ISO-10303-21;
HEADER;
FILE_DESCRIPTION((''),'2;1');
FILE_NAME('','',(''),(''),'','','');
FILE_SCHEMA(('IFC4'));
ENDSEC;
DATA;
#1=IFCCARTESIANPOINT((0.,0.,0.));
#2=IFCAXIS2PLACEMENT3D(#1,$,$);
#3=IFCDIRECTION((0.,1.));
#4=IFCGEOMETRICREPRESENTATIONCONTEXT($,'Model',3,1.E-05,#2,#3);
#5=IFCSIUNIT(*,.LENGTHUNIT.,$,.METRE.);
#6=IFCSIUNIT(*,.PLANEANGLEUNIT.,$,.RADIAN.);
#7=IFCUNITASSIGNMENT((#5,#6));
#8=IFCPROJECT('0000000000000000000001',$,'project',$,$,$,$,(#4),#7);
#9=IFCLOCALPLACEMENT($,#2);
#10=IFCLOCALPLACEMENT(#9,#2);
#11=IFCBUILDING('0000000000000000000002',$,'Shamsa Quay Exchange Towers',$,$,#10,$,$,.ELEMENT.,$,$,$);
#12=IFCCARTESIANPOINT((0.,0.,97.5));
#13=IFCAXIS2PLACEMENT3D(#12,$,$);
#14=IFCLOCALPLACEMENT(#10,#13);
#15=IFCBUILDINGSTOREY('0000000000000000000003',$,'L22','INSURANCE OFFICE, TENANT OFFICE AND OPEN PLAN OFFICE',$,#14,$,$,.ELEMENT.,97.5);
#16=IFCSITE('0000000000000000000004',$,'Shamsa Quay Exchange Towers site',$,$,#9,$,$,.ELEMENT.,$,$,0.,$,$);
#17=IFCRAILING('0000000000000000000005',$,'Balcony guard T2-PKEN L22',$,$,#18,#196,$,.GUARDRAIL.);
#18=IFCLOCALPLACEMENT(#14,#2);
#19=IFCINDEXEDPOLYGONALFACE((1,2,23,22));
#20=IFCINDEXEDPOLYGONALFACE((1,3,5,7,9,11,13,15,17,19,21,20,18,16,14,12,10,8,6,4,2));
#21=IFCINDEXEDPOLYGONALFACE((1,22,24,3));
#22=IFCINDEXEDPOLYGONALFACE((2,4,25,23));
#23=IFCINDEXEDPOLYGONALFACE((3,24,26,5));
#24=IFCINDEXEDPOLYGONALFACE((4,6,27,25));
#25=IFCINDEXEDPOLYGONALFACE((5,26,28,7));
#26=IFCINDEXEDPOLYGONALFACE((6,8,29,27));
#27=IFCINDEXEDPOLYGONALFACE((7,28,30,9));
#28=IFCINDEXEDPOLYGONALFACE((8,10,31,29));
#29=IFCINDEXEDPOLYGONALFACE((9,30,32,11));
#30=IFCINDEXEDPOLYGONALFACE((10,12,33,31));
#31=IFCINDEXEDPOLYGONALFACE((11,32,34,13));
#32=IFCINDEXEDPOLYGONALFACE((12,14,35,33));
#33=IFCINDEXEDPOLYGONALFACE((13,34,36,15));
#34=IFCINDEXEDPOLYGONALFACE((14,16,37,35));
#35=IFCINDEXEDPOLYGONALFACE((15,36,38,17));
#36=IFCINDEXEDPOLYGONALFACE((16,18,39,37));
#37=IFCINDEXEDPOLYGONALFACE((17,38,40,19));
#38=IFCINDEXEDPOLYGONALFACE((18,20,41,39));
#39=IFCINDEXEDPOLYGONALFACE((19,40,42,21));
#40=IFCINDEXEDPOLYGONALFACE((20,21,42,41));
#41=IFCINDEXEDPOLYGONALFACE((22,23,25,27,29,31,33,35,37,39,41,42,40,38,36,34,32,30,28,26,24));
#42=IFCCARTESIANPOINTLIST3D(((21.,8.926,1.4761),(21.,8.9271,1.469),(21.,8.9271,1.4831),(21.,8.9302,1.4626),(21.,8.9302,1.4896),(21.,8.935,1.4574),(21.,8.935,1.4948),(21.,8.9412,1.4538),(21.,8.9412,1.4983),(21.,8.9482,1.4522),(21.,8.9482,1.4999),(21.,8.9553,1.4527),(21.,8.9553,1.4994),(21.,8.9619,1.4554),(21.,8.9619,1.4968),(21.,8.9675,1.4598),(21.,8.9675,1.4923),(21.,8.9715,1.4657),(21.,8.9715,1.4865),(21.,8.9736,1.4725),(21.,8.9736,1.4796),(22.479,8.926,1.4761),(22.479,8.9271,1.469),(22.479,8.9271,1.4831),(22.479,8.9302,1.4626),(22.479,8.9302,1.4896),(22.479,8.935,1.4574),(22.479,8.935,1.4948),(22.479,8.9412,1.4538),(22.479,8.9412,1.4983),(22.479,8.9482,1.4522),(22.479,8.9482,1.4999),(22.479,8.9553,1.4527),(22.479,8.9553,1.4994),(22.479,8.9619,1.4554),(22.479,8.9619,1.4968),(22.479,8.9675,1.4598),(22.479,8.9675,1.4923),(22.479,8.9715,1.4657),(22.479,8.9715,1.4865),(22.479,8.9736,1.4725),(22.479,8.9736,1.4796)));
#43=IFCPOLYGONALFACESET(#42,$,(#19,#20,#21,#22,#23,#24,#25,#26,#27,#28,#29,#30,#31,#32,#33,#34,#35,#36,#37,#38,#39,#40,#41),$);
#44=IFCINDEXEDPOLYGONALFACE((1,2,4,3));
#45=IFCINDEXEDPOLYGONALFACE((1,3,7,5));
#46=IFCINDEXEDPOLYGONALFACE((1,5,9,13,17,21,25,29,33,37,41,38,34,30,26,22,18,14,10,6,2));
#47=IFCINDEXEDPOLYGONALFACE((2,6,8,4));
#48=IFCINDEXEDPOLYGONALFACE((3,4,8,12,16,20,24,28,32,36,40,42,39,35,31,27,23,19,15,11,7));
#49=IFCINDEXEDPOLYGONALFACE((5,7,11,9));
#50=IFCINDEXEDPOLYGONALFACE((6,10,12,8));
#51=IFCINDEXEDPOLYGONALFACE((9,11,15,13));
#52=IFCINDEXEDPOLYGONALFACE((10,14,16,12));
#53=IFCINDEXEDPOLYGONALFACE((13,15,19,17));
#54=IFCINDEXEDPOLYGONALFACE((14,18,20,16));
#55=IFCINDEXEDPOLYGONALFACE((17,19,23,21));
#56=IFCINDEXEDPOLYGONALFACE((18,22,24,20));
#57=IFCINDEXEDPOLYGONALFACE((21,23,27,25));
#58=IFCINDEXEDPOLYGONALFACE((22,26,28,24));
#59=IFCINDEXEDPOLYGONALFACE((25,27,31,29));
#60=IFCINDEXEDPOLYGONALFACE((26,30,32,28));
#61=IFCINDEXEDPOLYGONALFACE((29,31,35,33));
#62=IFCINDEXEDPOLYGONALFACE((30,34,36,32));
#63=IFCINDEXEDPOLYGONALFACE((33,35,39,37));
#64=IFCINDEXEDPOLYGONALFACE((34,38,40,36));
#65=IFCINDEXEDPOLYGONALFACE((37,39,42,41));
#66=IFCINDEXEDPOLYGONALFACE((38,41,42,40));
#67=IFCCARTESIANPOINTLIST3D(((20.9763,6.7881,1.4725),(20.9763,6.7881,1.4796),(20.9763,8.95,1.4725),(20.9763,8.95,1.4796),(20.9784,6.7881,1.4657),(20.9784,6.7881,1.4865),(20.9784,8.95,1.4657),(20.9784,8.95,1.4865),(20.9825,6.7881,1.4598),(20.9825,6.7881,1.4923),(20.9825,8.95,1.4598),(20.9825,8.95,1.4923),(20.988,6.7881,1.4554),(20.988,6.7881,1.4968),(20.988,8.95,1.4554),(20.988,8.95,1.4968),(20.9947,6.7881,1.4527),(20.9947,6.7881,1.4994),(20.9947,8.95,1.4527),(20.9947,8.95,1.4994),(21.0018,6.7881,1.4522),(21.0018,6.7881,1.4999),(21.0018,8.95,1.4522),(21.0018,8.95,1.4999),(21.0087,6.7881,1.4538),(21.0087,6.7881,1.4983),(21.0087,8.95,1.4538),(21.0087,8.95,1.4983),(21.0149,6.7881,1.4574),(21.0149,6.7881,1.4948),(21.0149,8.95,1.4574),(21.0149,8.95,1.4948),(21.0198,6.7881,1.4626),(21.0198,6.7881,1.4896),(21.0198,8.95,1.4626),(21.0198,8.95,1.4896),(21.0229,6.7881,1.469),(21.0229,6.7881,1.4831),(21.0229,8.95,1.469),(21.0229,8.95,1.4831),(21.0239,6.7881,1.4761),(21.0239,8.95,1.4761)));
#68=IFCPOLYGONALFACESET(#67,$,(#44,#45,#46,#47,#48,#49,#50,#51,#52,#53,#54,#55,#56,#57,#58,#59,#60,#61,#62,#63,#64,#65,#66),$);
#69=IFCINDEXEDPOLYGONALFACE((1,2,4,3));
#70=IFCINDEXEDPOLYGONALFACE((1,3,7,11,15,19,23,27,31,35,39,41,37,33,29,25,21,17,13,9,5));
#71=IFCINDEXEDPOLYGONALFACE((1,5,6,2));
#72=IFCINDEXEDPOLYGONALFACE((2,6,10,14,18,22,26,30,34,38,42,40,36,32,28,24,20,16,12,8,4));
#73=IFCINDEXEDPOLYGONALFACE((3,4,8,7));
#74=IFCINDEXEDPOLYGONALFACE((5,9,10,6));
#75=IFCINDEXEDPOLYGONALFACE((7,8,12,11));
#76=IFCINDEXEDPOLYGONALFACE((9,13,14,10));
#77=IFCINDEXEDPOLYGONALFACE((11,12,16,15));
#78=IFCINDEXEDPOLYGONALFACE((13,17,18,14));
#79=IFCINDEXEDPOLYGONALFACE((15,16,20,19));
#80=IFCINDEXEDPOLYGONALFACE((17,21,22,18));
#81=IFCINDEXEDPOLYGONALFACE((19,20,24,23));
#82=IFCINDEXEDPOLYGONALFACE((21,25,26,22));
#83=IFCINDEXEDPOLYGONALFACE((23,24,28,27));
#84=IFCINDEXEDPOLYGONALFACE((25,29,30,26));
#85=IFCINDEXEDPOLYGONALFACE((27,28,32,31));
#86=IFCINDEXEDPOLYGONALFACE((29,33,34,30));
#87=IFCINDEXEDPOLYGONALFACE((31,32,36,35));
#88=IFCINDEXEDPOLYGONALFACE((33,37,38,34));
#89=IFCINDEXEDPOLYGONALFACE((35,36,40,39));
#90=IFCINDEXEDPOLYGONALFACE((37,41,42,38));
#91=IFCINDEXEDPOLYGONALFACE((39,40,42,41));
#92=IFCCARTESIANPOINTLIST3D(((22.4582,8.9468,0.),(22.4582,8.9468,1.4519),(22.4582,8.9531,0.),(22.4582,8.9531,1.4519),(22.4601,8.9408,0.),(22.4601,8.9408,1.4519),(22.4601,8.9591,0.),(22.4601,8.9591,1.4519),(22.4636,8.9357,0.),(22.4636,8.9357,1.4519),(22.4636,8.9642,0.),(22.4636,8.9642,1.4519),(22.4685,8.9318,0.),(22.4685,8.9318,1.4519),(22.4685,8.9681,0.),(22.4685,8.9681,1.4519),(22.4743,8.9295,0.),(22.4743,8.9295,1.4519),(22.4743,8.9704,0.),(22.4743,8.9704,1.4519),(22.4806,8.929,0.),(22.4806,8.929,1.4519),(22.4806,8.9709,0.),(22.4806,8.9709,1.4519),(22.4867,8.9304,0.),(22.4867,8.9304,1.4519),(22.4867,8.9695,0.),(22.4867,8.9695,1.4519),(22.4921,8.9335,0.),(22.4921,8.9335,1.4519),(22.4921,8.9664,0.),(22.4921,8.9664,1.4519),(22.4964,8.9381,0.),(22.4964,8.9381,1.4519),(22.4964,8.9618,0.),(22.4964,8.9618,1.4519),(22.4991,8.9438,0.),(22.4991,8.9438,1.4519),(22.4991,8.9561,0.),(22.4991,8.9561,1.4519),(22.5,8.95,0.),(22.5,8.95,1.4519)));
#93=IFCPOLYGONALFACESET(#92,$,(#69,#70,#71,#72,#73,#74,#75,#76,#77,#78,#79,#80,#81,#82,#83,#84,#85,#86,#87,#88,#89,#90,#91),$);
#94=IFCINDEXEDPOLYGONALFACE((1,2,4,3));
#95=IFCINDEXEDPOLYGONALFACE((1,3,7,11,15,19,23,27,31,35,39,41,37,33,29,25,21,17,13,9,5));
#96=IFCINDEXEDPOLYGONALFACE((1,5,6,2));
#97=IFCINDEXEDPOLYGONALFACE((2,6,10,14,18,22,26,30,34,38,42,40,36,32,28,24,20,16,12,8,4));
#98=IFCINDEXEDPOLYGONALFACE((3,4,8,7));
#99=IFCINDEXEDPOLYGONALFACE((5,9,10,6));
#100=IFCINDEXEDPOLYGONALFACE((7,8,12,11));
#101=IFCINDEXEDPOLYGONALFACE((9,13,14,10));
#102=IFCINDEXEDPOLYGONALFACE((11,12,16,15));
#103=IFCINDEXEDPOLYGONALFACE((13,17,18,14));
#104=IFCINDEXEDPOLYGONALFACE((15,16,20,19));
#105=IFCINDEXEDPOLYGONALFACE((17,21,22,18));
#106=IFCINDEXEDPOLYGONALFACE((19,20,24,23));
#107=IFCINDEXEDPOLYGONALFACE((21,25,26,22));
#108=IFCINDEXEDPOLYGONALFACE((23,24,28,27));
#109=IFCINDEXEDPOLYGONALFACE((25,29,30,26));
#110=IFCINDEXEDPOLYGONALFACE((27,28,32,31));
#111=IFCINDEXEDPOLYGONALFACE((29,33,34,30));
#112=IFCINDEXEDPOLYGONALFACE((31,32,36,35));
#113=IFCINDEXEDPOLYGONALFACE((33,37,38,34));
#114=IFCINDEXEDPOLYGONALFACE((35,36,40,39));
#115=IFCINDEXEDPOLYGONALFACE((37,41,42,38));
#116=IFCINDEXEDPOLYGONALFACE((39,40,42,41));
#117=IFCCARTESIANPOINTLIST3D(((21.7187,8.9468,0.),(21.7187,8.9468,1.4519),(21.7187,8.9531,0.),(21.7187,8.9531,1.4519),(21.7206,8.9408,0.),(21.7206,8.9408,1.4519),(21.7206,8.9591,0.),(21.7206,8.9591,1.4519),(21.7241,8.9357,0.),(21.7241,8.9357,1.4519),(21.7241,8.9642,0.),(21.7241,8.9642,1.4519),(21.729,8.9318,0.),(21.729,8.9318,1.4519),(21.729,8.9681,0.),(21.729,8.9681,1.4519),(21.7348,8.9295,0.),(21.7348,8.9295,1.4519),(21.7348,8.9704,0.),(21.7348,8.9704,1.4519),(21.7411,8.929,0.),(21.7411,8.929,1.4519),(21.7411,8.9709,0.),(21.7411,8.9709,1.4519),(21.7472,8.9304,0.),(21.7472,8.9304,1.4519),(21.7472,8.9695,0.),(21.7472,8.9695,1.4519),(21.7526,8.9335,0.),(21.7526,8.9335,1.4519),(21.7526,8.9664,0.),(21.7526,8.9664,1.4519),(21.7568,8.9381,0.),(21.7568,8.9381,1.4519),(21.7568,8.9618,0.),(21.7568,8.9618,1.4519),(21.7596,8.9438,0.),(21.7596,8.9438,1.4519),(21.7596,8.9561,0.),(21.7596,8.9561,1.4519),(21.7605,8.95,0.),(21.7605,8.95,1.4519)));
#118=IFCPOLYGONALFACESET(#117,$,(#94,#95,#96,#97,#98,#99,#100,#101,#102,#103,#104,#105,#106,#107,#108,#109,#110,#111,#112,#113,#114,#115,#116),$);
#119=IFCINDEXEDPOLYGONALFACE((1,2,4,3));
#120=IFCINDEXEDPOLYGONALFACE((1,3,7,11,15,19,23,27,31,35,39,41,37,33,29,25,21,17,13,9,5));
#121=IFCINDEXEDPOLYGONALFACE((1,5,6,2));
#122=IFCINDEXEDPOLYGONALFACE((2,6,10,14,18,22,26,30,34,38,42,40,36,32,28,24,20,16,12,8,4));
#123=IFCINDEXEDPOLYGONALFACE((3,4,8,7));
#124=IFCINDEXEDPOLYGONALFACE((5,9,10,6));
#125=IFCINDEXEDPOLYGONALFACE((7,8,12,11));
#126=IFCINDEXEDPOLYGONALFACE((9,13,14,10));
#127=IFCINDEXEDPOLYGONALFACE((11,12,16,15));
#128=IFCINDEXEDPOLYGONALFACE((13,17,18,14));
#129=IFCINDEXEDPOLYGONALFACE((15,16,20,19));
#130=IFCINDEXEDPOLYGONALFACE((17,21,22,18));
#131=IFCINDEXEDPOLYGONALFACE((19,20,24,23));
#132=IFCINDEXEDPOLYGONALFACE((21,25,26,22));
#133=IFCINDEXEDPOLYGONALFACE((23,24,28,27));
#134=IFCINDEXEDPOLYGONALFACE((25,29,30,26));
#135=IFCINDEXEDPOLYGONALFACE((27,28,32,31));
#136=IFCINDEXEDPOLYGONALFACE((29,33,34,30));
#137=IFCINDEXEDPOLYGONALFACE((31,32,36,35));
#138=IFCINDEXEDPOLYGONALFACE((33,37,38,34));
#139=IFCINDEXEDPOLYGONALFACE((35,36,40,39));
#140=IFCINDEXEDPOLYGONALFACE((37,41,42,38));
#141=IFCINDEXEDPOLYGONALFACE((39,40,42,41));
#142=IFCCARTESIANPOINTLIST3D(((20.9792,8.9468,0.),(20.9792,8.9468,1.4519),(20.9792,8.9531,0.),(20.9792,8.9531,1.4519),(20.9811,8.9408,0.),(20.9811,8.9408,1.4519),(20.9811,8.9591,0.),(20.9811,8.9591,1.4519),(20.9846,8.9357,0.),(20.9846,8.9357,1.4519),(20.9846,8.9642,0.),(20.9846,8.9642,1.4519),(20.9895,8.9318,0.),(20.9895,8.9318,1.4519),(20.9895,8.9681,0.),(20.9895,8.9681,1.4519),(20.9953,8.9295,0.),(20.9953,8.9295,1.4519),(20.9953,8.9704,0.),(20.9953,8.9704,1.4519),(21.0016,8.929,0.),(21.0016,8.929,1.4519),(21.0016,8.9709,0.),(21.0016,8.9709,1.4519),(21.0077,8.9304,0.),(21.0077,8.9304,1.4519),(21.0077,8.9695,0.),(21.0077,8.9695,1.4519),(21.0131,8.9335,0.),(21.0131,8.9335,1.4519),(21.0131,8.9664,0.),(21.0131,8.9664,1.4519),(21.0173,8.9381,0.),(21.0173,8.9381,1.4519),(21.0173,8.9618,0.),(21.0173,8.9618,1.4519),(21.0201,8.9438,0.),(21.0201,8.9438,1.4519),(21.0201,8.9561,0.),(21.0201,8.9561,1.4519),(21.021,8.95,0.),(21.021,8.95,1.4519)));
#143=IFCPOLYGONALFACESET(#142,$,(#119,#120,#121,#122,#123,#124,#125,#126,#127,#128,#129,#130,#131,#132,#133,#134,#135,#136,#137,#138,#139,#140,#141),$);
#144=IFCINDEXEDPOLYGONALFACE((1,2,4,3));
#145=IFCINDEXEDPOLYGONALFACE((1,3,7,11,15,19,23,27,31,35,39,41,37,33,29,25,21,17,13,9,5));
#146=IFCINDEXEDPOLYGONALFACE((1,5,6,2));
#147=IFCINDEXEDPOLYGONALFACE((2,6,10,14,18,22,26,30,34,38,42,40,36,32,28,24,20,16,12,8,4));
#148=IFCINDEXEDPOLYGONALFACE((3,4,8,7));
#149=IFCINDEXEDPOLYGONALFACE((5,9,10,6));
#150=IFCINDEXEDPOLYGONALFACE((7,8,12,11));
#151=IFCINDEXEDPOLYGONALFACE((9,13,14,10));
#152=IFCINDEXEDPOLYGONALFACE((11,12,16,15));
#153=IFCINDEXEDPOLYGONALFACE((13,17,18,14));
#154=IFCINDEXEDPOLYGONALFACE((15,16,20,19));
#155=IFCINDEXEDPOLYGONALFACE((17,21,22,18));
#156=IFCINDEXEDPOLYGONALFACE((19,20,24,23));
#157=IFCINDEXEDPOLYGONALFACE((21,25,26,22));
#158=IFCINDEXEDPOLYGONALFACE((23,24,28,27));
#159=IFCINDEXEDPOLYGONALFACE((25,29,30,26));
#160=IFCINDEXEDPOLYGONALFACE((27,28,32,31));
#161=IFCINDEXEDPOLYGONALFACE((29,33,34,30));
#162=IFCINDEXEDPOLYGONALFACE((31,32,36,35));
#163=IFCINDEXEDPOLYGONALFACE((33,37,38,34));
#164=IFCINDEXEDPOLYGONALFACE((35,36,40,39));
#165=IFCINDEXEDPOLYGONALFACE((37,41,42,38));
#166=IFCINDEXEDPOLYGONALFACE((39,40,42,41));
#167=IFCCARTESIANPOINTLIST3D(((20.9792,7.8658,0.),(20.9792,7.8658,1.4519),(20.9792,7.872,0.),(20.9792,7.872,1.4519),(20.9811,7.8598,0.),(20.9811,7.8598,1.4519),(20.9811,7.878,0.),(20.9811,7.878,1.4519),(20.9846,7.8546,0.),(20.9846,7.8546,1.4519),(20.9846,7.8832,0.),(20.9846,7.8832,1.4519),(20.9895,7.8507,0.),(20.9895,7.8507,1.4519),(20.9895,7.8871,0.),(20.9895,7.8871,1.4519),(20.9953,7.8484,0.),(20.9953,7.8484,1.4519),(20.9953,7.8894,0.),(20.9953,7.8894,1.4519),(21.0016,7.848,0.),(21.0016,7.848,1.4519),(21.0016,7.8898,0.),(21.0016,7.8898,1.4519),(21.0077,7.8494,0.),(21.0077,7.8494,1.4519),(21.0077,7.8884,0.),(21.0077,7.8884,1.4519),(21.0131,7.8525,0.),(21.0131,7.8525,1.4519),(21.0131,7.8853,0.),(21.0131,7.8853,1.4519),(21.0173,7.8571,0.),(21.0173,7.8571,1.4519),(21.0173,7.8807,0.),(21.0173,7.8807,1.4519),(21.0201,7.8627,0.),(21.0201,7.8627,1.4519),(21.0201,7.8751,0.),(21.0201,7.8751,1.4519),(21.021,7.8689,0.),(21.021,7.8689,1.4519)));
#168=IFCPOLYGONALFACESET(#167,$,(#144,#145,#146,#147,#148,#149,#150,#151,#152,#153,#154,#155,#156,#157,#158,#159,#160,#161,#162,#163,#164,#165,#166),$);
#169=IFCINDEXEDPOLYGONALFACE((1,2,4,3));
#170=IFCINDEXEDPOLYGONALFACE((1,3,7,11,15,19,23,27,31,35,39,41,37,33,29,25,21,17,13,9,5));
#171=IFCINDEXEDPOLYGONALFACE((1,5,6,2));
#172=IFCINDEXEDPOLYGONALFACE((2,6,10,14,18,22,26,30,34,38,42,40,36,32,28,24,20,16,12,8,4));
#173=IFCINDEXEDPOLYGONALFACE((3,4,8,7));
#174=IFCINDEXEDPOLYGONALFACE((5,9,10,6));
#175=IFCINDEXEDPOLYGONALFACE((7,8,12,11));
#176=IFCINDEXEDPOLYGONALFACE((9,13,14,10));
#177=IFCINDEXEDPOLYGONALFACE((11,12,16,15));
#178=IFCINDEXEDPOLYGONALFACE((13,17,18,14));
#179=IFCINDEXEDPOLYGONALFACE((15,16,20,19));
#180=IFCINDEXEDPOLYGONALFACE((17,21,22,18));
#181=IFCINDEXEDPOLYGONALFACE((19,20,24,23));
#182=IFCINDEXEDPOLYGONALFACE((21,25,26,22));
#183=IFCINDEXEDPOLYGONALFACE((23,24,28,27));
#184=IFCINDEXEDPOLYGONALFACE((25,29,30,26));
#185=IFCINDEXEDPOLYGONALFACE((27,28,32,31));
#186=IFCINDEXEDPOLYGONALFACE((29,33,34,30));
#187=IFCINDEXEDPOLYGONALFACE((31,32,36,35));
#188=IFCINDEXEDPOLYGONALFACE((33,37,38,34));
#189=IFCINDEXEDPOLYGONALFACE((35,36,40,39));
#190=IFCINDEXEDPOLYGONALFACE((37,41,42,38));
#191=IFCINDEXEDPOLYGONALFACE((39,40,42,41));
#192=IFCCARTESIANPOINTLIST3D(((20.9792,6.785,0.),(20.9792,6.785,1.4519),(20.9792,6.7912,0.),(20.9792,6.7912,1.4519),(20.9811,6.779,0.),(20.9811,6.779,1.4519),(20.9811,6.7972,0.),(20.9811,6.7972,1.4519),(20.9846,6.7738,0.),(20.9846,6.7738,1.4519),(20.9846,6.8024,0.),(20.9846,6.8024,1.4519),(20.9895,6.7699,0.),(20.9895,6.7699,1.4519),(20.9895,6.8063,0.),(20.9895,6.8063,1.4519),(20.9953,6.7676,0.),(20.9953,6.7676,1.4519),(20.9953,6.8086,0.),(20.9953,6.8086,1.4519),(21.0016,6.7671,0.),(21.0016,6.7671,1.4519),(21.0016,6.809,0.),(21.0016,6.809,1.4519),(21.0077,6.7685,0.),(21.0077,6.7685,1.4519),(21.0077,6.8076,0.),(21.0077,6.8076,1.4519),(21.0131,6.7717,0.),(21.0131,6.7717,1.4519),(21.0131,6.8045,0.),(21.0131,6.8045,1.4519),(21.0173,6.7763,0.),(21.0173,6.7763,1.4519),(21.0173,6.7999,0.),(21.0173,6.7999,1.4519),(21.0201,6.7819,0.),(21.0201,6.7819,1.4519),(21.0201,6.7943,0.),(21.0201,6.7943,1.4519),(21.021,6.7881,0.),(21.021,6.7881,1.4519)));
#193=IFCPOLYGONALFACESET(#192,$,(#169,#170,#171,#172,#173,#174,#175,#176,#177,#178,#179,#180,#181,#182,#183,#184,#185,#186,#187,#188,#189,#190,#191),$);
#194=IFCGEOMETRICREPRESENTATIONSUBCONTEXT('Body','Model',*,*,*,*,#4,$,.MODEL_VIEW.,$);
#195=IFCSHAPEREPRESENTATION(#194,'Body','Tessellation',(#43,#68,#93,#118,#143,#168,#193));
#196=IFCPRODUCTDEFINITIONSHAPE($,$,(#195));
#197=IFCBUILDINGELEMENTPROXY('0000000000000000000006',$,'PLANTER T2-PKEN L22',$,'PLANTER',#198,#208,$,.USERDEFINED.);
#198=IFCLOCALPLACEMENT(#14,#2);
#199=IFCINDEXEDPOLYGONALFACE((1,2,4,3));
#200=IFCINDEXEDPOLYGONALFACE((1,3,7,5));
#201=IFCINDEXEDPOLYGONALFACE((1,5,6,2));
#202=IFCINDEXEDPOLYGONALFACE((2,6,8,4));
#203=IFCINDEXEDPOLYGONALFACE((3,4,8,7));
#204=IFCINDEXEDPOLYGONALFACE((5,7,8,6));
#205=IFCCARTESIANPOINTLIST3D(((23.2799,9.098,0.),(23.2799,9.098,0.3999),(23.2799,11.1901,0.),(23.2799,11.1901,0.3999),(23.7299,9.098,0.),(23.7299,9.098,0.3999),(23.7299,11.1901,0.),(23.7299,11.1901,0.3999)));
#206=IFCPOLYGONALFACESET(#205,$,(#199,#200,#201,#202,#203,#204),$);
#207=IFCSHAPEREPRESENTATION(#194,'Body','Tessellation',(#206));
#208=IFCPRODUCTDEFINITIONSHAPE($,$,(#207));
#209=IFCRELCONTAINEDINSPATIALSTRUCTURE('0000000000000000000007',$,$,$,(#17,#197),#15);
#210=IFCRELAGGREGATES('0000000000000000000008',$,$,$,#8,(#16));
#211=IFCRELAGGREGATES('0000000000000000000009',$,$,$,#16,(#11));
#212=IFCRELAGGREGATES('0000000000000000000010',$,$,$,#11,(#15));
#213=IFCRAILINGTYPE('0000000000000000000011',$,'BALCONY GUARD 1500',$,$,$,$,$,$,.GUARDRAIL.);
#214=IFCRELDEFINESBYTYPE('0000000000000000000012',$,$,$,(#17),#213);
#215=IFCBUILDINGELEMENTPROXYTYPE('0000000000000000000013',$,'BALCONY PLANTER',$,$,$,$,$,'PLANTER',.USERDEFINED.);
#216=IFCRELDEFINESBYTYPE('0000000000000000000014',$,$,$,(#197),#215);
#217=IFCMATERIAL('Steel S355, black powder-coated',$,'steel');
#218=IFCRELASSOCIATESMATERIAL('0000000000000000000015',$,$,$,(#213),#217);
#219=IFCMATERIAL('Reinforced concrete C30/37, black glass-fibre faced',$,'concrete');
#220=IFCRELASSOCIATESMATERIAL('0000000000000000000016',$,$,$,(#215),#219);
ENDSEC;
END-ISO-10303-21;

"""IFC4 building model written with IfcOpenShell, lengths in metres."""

from ifc_helpers import new_model, si_unit, direction, frame, origin, origin_2d, place, context, subcontext, project, spatial, rectangle, circle, extrude, material, type_object, element, save


model = new_model("IFC4")

# Units and contexts
model_context = context("Model", 3, precision=1e-05, world=origin(), true_north=direction((0.0, 1.0)))
body_context = subcontext(model_context, "Body", "Model", "MODEL_VIEW")
ifc_project = project(units=[si_unit("LENGTHUNIT", "METRE"), si_unit("PLANEANGLEUNIT", "RADIAN")], contexts=[model_context])

# Site, building, storey
site_placement = place(None, origin())
site = spatial("IfcSite", under=ifc_project, at=site_placement, Name="Shamsa Quay Exchange Towers site", CompositionType="ELEMENT", RefElevation=0.0)
building_placement = place(site_placement, origin())
building = spatial("IfcBuilding", under=site, at=building_placement, Name="Shamsa Quay Exchange Towers", CompositionType="ELEMENT")
storey_placement = place(building_placement, frame((0.0, 0.0, 97.5)))
storey = spatial("IfcBuildingStorey", under=building, at=storey_placement, Name="L22", Description="INSURANCE OFFICE, TENANT OFFICE AND OPEN PLAN OFFICE", CompositionType="ELEMENT", Elevation=97.5)

# Railing
ifc_material_1 = material(Name="Steel S355, black powder-coated", Category="steel")
railing_type = type_object("IfcRailingType", Name="BALCONY GUARD 1500", PredefinedType="GUARDRAIL", material=ifc_material_1)
for number, where, name in (
    (1, (22.479, 8.95, 0.0), "Balcony guard T2-PKEN L22"),
):
    element("IfcRailing", number, at=place(storey_placement, frame(where)), inside=storey, type_object=railing_type, Name=name, PredefinedType="GUARDRAIL", context=body_context, shape_type="SweptSolid", body=[
        extrude(circle(Radius=0.0239, at=origin_2d()), frame((0.0, 0.0, 1.4761), z_axis=(-1.0, 0.0, 0.0), x_axis=(0.0, -1.0, 0.0)), (0.0, 0.0, 1.0), 1.479),
        extrude(circle(Radius=0.0239, at=origin_2d()), frame((-1.479, 0.0, 1.4761), z_axis=(0.0, -1.0, 0.0), x_axis=(1.0, 0.0, 0.0)), (0.0, 0.0, 1.0), 2.1619),
        extrude(circle(Radius=0.021, at=origin_2d()), origin(), (0.0, 0.0, 1.0), 1.4519),
        extrude(circle(Radius=0.021, at=origin_2d()), frame((-0.7395, 0.0, 0.0)), (0.0, 0.0, 1.0), 1.4519),
        extrude(circle(Radius=0.021, at=origin_2d()), frame((-1.479, 0.0, 0.0)), (0.0, 0.0, 1.0), 1.4519),
        extrude(circle(Radius=0.021, at=origin_2d()), frame((-1.479, -1.0811, 0.0)), (0.0, 0.0, 1.0), 1.4519),
        extrude(circle(Radius=0.021, at=origin_2d()), frame((-1.479, -2.1619, 0.0)), (0.0, 0.0, 1.0), 1.4519),
    ])

# Building element proxy
ifc_material_2 = material(Name="Reinforced concrete C30/37, black glass-fibre faced", Category="concrete")
building_element_proxy_type = type_object("IfcBuildingElementProxyType", Name="BALCONY PLANTER", ElementType="PLANTER", PredefinedType="USERDEFINED", material=ifc_material_2)
for number, where, z_axis, x_axis, name in (
    (2, (23.5049, 10.144, 0.0), (0.0, 0.0, 1.0), (0.0, -1.0, 0.0), "PLANTER T2-PKEN L22"),
):
    element("IfcBuildingElementProxy", number, at=place(storey_placement, frame(where, z_axis=z_axis, x_axis=x_axis)), inside=storey, type_object=building_element_proxy_type, Name=name, ObjectType="PLANTER", PredefinedType="USERDEFINED", context=body_context, shape_type="SweptSolid", body=[
        extrude(rectangle(XDim=2.092, YDim=0.45, at=origin_2d()), origin(), (0.0, 0.0, 1.0), 0.3999),
    ])

save(model, "model.ifc")
